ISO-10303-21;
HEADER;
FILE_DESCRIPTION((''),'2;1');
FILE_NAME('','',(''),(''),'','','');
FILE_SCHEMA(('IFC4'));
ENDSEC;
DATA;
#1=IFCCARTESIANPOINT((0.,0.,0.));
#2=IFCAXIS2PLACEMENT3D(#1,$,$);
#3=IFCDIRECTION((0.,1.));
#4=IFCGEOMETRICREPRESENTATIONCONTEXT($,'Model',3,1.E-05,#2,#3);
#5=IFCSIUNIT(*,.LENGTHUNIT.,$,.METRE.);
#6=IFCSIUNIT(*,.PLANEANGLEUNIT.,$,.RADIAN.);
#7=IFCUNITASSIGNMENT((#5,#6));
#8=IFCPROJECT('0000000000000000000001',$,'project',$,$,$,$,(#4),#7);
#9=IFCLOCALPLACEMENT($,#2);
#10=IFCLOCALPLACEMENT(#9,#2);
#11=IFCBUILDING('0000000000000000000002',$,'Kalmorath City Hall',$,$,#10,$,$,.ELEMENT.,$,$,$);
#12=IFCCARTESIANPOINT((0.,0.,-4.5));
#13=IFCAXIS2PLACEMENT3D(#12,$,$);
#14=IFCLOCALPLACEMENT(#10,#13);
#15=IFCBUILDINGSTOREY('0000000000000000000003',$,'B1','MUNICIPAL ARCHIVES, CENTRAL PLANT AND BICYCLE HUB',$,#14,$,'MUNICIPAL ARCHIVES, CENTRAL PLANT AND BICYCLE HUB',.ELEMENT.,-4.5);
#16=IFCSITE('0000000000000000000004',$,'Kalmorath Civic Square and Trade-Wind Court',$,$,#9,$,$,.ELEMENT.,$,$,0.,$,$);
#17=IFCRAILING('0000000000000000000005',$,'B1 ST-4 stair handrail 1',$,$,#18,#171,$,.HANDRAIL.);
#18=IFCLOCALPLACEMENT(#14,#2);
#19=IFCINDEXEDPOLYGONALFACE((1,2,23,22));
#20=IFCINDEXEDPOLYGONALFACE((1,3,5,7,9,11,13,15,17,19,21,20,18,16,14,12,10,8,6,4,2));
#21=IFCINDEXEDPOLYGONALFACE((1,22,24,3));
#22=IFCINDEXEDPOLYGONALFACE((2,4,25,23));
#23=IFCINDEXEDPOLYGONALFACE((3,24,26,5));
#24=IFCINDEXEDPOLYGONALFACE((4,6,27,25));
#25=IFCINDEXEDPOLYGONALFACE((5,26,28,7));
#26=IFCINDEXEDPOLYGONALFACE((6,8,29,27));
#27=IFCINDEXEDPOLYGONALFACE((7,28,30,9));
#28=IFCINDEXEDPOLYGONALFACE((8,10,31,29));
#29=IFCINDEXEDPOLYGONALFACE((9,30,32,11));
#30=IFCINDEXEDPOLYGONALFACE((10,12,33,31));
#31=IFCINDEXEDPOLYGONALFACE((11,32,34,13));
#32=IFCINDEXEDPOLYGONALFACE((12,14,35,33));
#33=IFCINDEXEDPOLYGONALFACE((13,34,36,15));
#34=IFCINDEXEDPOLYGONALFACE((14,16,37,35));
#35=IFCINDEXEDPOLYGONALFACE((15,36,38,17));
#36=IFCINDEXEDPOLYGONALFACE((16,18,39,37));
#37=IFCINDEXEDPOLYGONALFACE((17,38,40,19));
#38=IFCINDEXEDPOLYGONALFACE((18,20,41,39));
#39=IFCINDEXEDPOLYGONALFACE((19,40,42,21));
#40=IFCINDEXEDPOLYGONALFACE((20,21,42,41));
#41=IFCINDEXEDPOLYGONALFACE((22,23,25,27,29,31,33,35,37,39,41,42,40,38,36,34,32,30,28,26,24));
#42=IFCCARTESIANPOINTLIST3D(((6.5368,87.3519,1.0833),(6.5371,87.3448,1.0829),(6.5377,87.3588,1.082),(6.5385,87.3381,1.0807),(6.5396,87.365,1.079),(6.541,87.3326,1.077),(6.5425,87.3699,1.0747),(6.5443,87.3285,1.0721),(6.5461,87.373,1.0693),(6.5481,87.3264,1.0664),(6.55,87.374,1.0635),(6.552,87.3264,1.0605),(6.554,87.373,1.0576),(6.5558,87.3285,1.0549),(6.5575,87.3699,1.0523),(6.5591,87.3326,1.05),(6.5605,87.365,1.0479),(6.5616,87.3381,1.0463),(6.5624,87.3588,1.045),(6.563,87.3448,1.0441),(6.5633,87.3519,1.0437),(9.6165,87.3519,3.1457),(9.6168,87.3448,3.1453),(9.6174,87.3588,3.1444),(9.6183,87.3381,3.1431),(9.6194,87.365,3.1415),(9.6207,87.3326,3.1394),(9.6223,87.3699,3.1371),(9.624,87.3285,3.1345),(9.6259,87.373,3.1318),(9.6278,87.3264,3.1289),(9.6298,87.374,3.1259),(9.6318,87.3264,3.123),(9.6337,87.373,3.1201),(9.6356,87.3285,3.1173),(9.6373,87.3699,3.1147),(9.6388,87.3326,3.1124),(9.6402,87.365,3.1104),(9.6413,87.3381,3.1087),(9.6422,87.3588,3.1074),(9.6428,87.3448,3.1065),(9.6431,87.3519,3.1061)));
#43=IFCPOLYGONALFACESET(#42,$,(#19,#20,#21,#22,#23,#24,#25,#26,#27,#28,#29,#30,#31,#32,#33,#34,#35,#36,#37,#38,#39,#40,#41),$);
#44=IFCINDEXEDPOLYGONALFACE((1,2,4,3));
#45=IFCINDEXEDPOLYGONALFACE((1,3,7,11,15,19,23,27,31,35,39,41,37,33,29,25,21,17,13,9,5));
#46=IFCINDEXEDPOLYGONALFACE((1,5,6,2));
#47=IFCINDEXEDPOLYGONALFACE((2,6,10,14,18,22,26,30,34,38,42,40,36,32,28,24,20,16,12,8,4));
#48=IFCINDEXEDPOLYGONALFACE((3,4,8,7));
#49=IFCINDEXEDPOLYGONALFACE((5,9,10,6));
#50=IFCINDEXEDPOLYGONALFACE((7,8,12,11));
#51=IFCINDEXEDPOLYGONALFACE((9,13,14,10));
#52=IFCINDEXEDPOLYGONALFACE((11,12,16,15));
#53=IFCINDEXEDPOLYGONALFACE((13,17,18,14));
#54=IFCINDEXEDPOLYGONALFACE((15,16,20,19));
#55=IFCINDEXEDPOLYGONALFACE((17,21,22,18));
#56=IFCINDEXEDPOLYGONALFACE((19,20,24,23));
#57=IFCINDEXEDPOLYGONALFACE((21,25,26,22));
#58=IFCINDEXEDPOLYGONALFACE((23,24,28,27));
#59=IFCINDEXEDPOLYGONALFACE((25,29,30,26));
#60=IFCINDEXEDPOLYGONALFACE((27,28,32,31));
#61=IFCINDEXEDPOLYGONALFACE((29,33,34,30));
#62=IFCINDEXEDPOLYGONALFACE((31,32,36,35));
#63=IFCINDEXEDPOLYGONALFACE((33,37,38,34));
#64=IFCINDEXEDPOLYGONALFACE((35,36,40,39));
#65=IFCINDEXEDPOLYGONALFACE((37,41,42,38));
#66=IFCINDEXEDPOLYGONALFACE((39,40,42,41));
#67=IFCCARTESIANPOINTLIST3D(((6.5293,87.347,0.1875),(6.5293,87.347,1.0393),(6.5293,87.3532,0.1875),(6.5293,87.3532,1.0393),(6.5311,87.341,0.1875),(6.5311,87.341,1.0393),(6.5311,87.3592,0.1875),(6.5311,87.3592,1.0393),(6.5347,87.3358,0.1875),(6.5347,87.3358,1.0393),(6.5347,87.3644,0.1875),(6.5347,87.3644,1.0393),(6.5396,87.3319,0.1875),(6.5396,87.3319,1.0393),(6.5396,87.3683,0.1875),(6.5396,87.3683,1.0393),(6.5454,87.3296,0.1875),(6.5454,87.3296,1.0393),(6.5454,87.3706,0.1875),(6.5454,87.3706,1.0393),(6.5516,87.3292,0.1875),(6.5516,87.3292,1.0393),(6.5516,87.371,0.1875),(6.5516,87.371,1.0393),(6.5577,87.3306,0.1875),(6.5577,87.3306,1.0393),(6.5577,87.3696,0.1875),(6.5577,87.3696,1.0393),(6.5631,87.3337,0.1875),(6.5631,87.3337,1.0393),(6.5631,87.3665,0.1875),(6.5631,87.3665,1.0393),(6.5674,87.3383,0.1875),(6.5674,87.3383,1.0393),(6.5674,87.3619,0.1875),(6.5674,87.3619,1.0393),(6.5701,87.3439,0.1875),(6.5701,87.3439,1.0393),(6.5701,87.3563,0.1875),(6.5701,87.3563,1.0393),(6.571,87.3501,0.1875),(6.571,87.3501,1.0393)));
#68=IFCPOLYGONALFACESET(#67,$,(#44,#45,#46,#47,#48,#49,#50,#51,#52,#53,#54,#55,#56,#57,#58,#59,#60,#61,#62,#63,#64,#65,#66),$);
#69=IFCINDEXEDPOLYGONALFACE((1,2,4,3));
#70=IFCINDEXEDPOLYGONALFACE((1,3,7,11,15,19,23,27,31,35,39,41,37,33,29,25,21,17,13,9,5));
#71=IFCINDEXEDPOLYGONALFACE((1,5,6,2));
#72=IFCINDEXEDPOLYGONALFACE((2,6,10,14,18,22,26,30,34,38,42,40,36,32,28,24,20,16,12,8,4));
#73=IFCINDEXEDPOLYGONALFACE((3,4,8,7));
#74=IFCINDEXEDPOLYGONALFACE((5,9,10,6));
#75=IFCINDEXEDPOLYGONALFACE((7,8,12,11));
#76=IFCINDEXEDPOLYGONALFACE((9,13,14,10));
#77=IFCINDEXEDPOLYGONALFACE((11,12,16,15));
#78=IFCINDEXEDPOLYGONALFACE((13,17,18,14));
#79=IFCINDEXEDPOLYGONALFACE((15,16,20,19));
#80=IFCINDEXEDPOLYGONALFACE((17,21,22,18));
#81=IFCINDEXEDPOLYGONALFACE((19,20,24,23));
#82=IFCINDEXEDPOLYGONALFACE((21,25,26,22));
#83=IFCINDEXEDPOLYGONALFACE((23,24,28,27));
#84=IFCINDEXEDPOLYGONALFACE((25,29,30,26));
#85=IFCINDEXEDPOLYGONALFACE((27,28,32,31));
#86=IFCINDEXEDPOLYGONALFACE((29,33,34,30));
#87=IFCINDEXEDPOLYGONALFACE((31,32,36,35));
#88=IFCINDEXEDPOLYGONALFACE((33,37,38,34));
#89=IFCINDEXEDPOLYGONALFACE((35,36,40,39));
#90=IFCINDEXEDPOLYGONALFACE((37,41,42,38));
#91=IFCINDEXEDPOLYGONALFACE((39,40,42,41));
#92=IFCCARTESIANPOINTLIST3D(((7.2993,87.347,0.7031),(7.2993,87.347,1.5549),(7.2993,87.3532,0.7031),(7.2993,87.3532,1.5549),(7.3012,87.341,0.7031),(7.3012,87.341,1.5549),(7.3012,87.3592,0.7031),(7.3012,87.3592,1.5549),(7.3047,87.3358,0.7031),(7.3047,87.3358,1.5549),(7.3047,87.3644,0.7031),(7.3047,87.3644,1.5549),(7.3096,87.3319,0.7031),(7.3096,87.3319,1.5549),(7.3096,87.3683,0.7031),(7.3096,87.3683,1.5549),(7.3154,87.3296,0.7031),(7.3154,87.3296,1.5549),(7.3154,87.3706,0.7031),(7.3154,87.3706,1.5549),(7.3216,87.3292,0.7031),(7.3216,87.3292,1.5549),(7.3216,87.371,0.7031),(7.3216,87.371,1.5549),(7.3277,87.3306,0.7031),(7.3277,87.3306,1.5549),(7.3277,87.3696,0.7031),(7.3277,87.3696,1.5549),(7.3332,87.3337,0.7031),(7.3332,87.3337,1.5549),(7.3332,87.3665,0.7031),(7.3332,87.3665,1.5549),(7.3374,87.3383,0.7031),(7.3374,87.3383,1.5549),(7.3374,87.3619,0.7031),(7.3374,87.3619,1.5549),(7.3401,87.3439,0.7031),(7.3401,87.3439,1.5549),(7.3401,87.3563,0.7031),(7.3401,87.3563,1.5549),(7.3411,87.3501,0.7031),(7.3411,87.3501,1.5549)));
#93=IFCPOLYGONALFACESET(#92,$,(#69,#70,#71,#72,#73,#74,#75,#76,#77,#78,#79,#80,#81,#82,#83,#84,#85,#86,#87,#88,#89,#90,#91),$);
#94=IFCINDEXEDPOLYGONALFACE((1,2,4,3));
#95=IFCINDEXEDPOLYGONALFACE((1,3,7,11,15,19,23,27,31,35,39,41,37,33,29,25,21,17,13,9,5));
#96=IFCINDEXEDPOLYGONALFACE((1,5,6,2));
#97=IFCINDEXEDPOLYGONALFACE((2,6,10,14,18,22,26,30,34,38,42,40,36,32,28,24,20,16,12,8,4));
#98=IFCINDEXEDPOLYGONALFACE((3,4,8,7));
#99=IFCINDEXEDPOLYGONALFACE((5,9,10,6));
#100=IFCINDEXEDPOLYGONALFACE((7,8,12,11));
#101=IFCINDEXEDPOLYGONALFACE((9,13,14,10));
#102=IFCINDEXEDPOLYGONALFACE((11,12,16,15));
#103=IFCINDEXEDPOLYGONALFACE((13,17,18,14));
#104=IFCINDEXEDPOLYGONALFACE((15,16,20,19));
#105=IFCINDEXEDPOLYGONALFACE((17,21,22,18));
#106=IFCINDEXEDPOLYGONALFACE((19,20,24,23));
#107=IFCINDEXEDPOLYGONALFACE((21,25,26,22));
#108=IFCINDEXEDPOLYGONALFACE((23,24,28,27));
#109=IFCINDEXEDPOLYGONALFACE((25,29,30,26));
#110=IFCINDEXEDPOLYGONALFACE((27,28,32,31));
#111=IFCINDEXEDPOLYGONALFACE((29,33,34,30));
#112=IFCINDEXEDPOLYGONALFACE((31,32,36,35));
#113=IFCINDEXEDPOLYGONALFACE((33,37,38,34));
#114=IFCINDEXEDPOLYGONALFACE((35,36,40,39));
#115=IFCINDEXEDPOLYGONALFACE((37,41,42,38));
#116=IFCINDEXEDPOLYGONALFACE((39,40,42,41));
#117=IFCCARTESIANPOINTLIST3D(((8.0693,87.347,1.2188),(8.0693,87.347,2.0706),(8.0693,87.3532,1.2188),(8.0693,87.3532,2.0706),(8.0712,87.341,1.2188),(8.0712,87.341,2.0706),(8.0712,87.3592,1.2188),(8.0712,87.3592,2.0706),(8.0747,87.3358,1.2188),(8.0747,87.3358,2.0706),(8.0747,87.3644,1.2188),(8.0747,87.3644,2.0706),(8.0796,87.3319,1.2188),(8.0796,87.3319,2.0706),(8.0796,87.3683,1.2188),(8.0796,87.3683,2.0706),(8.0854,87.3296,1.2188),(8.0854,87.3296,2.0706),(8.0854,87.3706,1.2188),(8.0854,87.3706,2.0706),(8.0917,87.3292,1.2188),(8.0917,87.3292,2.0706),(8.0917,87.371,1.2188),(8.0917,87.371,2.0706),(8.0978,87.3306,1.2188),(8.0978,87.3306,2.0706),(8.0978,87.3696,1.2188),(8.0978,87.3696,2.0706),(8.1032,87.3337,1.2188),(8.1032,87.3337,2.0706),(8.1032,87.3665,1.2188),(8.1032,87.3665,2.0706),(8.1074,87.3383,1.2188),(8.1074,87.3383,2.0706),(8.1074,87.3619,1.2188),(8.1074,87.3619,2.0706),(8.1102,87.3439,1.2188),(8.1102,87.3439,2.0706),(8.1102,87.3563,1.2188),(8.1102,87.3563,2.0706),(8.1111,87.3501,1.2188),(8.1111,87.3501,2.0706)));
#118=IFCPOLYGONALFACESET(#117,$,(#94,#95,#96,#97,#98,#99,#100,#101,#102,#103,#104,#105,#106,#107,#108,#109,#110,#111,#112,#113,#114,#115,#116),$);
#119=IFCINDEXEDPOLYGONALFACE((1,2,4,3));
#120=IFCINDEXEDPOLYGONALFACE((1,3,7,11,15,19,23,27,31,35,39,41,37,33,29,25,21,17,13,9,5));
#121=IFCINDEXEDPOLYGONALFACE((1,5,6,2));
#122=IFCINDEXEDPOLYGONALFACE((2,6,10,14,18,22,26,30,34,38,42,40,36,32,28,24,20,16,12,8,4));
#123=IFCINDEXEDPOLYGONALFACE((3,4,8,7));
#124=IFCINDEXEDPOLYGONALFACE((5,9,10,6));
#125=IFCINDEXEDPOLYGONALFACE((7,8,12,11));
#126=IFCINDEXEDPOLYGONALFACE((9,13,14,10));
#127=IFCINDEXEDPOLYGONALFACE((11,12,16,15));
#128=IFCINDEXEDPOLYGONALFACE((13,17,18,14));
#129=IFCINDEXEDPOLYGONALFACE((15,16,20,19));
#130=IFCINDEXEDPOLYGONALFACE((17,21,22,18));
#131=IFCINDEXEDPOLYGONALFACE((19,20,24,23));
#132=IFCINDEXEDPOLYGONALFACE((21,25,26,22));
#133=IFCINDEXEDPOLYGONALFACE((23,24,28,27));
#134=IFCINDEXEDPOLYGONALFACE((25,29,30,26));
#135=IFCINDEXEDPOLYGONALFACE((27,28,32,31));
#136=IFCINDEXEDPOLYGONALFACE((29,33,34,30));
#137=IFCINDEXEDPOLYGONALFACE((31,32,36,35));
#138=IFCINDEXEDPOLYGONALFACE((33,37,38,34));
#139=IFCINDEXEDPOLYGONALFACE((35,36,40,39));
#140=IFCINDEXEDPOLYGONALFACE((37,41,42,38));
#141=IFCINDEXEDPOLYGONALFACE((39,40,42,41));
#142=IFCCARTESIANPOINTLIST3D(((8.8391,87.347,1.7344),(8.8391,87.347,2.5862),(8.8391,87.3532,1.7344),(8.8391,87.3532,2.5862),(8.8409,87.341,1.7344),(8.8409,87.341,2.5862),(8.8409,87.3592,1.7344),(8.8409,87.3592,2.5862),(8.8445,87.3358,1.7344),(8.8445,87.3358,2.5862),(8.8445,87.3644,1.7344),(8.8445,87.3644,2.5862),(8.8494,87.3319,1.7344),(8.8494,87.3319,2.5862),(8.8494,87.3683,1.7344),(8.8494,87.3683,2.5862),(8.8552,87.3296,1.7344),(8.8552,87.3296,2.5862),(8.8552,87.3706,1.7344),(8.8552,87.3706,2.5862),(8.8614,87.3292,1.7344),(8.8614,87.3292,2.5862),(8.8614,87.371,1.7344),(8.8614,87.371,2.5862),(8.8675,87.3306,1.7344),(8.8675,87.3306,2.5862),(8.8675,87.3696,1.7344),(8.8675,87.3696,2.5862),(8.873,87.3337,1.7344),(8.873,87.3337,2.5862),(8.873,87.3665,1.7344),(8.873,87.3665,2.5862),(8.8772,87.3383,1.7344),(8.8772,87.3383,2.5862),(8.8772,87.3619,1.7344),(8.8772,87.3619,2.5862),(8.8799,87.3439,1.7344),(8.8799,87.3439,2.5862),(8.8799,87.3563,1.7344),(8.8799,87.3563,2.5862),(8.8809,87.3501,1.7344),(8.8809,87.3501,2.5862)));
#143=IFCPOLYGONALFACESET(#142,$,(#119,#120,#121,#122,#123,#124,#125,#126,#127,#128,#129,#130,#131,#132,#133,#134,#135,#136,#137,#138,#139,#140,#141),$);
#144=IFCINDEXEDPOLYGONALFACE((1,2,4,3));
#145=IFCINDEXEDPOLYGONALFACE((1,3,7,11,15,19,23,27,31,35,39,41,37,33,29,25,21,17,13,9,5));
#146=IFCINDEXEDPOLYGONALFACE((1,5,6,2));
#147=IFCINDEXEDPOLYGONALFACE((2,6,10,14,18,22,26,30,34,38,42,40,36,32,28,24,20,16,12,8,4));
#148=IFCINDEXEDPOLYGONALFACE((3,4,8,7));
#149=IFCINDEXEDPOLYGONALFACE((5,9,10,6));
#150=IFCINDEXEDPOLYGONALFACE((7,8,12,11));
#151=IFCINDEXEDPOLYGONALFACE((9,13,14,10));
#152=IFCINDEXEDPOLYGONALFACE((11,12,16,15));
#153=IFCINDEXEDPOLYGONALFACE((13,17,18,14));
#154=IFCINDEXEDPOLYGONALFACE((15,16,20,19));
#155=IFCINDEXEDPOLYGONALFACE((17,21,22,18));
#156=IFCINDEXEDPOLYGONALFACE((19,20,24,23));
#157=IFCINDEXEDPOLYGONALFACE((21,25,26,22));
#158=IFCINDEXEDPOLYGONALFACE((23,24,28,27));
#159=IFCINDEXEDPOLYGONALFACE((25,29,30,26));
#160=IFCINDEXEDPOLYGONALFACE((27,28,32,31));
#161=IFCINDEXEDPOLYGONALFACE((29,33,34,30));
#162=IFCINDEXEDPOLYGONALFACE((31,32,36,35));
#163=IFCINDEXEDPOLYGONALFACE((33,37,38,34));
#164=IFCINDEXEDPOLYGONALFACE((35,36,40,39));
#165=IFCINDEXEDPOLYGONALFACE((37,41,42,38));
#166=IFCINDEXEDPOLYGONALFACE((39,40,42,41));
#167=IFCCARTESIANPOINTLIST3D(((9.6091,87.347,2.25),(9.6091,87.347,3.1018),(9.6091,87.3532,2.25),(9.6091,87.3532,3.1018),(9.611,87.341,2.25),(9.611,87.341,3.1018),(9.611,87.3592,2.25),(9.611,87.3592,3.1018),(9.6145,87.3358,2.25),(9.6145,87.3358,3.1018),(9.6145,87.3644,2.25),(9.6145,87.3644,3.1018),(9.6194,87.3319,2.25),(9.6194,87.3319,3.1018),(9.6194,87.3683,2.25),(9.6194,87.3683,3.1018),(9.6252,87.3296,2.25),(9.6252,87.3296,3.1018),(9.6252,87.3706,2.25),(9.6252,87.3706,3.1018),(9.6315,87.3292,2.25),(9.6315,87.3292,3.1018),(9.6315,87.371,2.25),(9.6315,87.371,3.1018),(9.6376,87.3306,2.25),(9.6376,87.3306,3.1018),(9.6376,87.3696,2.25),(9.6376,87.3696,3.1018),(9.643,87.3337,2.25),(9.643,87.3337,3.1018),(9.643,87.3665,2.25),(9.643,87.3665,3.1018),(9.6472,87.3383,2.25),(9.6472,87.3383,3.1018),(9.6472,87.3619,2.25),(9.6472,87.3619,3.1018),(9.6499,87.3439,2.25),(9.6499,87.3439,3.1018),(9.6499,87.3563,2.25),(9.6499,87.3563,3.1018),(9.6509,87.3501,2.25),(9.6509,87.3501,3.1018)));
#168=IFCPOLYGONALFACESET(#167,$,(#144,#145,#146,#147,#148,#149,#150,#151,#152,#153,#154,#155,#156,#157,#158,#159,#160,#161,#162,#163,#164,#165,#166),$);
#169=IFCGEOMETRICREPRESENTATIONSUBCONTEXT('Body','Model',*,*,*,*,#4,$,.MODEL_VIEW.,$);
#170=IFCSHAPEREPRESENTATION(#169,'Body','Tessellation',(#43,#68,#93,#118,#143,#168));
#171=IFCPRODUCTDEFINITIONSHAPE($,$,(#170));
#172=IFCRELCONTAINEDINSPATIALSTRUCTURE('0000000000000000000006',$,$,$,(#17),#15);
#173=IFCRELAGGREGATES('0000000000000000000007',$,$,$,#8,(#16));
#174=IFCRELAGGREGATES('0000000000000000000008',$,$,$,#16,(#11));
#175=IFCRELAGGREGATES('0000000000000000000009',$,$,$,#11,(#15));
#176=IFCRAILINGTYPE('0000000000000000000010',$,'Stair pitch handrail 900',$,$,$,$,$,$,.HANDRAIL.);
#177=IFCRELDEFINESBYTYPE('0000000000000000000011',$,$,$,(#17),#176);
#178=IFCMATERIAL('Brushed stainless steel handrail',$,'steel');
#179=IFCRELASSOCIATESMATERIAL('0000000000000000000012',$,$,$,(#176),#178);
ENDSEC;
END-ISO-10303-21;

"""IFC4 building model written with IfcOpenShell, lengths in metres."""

from ifc_helpers import new_model, si_unit, direction, frame, origin, origin_2d, place, context, subcontext, project, spatial, circle, extrude, material, type_object, element, save


model = new_model("IFC4")

# Units and contexts
model_context = context("Model", 3, precision=1e-05, world=origin(), true_north=direction((0.0, 1.0)))
body_context = subcontext(model_context, "Body", "Model", "MODEL_VIEW")
ifc_project = project(units=[si_unit("LENGTHUNIT", "METRE"), si_unit("PLANEANGLEUNIT", "RADIAN")], contexts=[model_context])

# Site, building, storey
site_placement = place(None, origin())
site = spatial("IfcSite", under=ifc_project, at=site_placement, Name="Kalmorath Civic Square and Trade-Wind Court", CompositionType="ELEMENT", RefElevation=0.0)
building_placement = place(site_placement, origin())
building = spatial("IfcBuilding", under=site, at=building_placement, Name="Kalmorath City Hall", CompositionType="ELEMENT")
storey_placement = place(building_placement, frame((0.0, 0.0, -4.5)))
storey = spatial("IfcBuildingStorey", under=building, at=storey_placement, Name="B1", Description="MUNICIPAL ARCHIVES, CENTRAL PLANT AND BICYCLE HUB", LongName="MUNICIPAL ARCHIVES, CENTRAL PLANT AND BICYCLE HUB", CompositionType="ELEMENT", Elevation=-4.5)

# Railing
ifc_material_1 = material(Name="Brushed stainless steel handrail", Category="steel")
railing_type_1 = type_object("IfcRailingType", Name="Stair pitch handrail 900", PredefinedType="HANDRAIL", material=ifc_material_1)
railing_1_placement = place(storey_placement, frame((6.55, 87.3501, 0.1875)))
element("IfcRailing", 1, at=railing_1_placement, inside=storey, type_object=railing_type_1, Name="B1 ST-4 stair handrail 1", PredefinedType="HANDRAIL", context=body_context, shape_type="SweptSolid", body=[
    extrude(circle(Radius=0.0239, at=origin_2d()), frame((0.0, 0.0, 0.876), z_axis=(0.830893, 0.0, 0.556432), x_axis=(0.0, 1.0, 0.0)), (0.0, 0.0, 1.0), 3.7065),
    extrude(circle(Radius=0.021, at=origin_2d()), origin(), (0.0, 0.0, 1.0), 0.8518),
    extrude(circle(Radius=0.021, at=origin_2d()), frame((0.77, 0.0, 0.5156)), (0.0, 0.0, 1.0), 0.8518),
    extrude(circle(Radius=0.021, at=origin_2d()), frame((1.54, 0.0, 1.0312)), (0.0, 0.0, 1.0), 0.8518),
    extrude(circle(Radius=0.021, at=origin_2d()), frame((2.3098, 0.0, 1.5469)), (0.0, 0.0, 1.0), 0.8518),
    extrude(circle(Radius=0.021, at=origin_2d()), frame((3.0798, 0.0, 2.0625)), (0.0, 0.0, 1.0), 0.8518),
])

save(model, "model.ifc")
